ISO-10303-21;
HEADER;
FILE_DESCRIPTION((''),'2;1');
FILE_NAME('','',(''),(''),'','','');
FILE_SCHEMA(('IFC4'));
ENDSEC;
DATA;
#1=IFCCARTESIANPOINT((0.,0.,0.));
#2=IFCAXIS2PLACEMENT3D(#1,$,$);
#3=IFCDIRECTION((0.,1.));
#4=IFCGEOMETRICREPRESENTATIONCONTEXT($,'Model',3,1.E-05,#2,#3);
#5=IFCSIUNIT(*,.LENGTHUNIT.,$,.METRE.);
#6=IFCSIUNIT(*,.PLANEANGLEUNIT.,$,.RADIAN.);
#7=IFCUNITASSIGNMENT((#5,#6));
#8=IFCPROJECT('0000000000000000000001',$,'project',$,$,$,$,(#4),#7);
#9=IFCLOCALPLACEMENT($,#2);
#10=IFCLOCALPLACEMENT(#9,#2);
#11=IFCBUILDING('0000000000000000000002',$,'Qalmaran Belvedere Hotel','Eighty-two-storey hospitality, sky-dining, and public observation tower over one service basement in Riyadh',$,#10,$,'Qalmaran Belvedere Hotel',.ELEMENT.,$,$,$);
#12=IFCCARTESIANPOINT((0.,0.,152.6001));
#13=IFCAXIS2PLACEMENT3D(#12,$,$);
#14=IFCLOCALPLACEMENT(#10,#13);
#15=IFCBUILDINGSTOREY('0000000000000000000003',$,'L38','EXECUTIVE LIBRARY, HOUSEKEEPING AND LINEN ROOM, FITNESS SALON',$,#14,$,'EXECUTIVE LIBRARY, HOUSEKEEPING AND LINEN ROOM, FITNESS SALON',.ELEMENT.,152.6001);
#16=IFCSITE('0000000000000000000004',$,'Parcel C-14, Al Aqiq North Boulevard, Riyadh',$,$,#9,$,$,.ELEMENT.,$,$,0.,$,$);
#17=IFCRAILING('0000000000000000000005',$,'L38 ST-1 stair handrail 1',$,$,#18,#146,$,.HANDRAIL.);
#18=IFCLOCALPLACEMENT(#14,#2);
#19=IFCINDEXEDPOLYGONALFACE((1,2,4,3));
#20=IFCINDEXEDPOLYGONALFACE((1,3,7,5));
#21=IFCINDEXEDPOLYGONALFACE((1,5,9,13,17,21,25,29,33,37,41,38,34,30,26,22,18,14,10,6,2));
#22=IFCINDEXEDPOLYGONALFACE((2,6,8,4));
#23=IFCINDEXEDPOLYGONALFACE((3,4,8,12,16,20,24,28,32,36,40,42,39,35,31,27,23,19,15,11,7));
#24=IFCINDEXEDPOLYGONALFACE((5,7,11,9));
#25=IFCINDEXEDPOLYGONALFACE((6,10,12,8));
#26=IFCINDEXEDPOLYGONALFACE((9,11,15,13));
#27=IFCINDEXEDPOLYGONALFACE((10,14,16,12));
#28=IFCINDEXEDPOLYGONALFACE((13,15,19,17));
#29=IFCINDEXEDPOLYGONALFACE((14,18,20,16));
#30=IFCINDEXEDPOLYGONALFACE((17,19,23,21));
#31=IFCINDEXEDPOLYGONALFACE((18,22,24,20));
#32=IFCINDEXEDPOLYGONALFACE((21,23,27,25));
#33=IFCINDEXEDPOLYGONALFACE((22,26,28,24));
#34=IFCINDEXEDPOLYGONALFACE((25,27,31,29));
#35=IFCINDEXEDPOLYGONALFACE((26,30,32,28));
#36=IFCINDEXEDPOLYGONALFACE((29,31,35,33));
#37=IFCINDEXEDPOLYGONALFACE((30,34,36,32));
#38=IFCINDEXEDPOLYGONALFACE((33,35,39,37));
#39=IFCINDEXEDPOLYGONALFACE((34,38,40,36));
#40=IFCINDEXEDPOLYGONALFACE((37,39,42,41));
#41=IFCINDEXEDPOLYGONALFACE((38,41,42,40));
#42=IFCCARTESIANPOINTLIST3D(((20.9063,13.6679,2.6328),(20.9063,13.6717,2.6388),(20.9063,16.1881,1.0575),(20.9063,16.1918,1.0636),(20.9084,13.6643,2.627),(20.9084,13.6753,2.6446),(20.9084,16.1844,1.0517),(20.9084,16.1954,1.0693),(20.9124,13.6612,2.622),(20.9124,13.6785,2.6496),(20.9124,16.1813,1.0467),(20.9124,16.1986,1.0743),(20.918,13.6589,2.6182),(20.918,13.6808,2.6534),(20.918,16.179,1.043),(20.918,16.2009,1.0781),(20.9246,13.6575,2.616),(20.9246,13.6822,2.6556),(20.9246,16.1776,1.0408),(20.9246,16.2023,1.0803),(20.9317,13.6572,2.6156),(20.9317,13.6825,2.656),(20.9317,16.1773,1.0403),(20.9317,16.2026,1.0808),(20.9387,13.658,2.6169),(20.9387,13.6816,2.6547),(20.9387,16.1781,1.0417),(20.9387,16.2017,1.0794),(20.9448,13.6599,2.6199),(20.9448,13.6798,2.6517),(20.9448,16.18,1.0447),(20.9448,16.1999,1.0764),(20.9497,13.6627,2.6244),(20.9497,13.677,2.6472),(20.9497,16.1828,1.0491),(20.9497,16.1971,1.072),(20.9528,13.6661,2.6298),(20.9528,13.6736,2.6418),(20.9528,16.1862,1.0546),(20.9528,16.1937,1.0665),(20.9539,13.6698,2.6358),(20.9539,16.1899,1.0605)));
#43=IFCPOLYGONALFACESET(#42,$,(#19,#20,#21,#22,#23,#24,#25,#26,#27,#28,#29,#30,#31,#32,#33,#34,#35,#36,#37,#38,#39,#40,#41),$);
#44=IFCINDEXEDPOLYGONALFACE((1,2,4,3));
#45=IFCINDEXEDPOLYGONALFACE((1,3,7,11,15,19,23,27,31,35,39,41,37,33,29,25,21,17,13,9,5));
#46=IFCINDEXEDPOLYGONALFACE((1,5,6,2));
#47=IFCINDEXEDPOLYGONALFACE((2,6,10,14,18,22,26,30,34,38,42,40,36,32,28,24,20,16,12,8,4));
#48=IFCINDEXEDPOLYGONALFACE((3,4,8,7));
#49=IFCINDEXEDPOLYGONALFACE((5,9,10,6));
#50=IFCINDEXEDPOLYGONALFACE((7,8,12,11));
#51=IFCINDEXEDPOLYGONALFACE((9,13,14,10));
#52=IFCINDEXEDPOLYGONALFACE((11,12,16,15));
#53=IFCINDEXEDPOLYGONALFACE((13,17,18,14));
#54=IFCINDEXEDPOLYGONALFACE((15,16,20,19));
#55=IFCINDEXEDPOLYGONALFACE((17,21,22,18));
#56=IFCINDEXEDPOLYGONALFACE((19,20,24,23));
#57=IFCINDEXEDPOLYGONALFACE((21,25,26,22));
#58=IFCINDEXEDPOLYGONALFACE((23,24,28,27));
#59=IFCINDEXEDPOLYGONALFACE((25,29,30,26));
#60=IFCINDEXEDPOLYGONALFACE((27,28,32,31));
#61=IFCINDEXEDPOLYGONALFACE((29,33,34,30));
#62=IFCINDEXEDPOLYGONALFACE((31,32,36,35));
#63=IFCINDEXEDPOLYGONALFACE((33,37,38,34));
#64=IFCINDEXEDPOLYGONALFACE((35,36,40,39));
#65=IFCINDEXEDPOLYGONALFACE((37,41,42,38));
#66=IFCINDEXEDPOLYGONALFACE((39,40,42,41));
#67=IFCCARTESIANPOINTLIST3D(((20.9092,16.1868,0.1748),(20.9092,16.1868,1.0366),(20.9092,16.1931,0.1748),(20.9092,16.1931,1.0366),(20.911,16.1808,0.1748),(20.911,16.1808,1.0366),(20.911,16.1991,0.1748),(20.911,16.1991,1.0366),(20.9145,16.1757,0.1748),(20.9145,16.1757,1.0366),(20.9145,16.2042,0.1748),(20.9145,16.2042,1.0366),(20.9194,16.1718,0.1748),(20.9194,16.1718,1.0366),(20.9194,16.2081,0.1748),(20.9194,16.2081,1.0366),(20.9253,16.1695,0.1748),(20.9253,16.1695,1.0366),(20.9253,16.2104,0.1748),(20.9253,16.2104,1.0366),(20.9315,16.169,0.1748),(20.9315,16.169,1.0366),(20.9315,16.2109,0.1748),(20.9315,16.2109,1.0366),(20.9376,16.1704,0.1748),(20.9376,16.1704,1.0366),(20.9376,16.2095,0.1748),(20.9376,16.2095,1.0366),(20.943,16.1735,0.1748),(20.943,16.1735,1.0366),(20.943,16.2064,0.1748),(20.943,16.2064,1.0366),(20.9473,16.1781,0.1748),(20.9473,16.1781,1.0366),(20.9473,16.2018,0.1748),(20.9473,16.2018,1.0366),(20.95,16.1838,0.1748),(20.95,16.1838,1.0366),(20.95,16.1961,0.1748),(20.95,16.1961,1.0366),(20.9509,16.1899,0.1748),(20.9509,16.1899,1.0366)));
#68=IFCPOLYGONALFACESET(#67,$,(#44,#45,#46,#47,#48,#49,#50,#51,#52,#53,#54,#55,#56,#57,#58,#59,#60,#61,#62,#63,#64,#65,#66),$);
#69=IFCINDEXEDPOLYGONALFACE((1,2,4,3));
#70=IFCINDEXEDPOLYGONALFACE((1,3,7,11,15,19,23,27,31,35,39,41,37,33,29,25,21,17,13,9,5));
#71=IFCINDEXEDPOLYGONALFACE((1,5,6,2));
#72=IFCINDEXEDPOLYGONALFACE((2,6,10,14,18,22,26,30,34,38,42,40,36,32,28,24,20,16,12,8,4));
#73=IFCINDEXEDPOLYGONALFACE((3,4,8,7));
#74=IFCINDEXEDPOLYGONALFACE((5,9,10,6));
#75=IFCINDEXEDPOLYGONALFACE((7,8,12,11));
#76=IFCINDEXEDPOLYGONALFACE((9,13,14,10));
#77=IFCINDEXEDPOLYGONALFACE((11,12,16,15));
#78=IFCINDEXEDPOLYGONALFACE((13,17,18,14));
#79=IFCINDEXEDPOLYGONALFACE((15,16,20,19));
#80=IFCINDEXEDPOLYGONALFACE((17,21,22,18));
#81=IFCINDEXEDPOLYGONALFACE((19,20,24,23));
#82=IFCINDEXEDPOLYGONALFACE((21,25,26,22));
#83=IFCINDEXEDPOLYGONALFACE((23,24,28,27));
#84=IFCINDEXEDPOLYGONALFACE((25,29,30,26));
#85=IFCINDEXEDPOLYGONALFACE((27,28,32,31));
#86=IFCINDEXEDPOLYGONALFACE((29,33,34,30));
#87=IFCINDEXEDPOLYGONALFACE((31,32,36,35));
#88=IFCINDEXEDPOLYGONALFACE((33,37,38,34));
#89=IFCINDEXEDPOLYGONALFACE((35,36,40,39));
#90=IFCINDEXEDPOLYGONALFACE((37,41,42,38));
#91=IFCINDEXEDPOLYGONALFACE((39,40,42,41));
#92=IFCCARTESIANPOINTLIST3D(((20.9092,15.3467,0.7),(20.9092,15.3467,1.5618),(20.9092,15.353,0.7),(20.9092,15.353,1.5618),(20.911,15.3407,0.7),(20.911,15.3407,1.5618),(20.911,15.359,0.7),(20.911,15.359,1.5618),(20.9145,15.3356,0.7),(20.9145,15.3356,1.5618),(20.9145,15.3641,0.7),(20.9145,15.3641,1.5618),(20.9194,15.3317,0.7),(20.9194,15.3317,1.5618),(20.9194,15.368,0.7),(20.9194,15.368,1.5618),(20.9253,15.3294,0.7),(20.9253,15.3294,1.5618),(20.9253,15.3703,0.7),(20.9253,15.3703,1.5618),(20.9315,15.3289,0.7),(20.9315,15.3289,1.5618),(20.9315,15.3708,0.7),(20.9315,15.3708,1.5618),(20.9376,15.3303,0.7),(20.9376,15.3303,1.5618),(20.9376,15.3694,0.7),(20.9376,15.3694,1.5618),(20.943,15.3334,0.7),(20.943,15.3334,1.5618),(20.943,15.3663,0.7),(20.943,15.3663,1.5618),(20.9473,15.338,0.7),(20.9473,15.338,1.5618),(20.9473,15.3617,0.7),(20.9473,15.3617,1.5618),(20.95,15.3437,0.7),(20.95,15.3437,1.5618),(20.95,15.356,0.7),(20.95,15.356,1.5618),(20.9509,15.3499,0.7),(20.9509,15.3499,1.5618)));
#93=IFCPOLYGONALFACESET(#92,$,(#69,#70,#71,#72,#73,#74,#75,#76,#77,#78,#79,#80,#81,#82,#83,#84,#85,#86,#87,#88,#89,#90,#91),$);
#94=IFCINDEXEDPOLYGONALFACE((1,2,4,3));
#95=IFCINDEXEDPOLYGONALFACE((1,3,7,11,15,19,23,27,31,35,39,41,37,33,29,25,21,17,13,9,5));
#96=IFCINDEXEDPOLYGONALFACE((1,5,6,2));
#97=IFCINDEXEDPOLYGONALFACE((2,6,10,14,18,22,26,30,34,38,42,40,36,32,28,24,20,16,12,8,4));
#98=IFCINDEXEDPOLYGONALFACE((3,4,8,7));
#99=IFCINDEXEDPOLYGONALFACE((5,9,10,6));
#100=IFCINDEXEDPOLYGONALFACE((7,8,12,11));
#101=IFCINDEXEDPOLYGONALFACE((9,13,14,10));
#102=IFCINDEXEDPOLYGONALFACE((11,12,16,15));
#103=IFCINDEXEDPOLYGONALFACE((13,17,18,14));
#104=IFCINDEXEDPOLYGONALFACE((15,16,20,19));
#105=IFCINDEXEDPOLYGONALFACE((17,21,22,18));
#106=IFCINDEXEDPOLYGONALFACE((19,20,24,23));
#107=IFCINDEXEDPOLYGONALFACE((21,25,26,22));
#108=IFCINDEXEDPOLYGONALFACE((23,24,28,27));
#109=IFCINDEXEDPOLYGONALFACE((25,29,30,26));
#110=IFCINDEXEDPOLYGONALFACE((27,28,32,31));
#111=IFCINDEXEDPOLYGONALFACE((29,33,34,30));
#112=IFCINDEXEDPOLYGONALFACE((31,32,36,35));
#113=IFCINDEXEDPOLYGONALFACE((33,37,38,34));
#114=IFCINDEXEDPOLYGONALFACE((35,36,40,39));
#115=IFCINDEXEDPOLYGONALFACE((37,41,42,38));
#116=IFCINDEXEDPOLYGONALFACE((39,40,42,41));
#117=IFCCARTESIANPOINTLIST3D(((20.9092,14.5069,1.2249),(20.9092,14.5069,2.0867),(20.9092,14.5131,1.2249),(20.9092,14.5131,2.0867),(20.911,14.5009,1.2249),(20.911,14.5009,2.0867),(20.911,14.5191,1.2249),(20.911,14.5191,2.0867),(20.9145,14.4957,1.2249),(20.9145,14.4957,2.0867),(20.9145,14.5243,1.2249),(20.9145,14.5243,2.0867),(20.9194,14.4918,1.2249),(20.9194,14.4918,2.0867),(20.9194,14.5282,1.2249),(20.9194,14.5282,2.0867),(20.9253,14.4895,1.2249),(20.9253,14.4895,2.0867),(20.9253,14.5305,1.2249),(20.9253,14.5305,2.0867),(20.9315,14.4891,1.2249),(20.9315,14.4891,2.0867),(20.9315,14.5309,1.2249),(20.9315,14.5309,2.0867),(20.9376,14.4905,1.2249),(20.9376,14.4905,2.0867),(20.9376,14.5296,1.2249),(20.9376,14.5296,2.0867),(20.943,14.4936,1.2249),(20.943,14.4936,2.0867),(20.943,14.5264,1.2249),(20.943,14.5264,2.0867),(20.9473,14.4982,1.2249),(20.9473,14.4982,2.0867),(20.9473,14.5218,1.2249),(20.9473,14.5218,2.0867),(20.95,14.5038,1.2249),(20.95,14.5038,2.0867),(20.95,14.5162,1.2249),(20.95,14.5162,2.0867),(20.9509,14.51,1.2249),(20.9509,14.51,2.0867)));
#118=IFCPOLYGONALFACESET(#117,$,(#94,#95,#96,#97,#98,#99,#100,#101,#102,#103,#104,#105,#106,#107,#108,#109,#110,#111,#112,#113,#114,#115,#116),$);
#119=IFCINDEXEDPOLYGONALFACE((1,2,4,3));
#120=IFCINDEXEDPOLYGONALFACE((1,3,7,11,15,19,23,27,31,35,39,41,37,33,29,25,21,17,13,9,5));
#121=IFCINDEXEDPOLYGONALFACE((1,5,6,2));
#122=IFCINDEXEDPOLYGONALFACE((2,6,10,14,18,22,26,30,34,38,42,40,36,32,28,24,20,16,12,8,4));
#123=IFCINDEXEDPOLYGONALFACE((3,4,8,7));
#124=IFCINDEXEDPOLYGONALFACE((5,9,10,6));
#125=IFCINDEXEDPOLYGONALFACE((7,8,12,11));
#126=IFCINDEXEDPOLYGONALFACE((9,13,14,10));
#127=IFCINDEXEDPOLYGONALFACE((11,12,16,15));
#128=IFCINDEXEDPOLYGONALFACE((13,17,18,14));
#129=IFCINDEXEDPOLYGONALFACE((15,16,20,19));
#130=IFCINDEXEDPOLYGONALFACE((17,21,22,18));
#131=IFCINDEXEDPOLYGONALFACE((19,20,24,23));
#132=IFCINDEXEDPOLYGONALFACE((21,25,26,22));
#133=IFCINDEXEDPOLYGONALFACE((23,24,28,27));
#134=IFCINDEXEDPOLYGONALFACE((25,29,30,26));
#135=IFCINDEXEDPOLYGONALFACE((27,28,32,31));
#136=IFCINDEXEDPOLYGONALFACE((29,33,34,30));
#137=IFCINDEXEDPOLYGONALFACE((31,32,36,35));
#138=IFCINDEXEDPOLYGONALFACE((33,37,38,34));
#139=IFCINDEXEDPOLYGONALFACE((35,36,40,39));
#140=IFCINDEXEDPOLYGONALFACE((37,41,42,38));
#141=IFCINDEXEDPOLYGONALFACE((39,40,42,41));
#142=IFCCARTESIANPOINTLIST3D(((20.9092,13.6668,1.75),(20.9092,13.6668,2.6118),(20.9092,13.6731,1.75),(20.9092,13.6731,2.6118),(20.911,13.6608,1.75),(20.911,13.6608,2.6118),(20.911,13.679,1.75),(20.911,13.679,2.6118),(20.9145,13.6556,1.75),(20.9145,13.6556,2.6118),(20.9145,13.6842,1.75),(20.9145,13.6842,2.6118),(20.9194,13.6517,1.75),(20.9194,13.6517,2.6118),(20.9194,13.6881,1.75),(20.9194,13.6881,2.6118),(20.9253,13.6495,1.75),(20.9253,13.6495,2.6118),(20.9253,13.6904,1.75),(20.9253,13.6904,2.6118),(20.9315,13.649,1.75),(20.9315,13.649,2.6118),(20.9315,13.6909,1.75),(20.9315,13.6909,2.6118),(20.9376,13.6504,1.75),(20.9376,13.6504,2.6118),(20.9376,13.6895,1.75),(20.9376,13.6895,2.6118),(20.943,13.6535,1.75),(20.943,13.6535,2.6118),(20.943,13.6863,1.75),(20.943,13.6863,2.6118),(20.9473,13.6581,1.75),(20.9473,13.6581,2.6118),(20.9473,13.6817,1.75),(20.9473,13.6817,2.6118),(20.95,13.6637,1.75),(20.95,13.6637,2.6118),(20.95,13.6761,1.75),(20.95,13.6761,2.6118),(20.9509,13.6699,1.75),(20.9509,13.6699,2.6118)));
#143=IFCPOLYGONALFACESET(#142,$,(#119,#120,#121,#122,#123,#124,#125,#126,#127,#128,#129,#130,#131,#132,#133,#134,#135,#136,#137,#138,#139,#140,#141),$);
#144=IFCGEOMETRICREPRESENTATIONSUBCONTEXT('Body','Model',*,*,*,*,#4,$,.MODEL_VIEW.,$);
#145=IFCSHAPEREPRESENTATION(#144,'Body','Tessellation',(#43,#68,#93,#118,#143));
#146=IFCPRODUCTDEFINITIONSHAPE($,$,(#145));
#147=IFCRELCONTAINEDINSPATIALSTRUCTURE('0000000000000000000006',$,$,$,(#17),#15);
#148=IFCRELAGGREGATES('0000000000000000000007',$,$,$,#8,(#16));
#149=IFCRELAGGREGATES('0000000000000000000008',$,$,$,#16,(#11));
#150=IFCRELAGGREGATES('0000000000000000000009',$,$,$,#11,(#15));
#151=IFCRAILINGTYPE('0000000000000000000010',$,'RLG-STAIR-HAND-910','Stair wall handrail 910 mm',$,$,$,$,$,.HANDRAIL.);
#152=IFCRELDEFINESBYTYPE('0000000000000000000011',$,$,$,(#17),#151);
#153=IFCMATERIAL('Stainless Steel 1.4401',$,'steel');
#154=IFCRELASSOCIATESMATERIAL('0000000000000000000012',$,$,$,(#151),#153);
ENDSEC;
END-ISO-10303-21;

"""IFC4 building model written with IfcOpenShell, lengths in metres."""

from ifc_helpers import new_model, si_unit, direction, frame, origin, origin_2d, place, context, subcontext, project, spatial, circle, extrude, material, type_object, element, save


model = new_model("IFC4")

# Units and contexts
model_context = context("Model", 3, precision=1e-05, world=origin(), true_north=direction((0.0, 1.0)))
body_context = subcontext(model_context, "Body", "Model", "MODEL_VIEW")
ifc_project = project(units=[si_unit("LENGTHUNIT", "METRE"), si_unit("PLANEANGLEUNIT", "RADIAN")], contexts=[model_context])

# Site, building, storey
site_placement = place(None, origin())
site = spatial("IfcSite", under=ifc_project, at=site_placement, Name="Parcel C-14, Al Aqiq North Boulevard, Riyadh", CompositionType="ELEMENT", RefElevation=0.0)
building_placement = place(site_placement, origin())
building = spatial("IfcBuilding", under=site, at=building_placement, Name="Qalmaran Belvedere Hotel", Description="Eighty-two-storey hospitality, sky-dining, and public observation tower over one service basement in Riyadh", LongName="Qalmaran Belvedere Hotel", CompositionType="ELEMENT")
storey_placement = place(building_placement, frame((0.0, 0.0, 152.6001)))
storey = spatial("IfcBuildingStorey", under=building, at=storey_placement, Name="L38", Description="EXECUTIVE LIBRARY, HOUSEKEEPING AND LINEN ROOM, FITNESS SALON", LongName="EXECUTIVE LIBRARY, HOUSEKEEPING AND LINEN ROOM, FITNESS SALON", CompositionType="ELEMENT", Elevation=152.6001)

# Shared definitions
ifc_material_1 = material(Name="Stainless Steel 1.4401", Category="steel")

# Railing
railing_type_1 = type_object("IfcRailingType", Name="RLG-STAIR-HAND-910", Description="Stair wall handrail 910 mm", PredefinedType="HANDRAIL", material=ifc_material_1)
railing_1_placement = place(storey_placement, frame((20.9299, 16.1899, 0.1748)))
element("IfcRailing", 1, at=railing_1_placement, inside=storey, type_object=railing_type_1, Name="L38 ST-1 stair handrail 1", PredefinedType="HANDRAIL", context=body_context, shape_type="SweptSolid", body=[
    extrude(circle(Radius=0.0239, at=origin_2d()), frame((0.0, 0.0, 0.8857), z_axis=(0.0, -0.847971, 0.530043), x_axis=(1.0, 0.0, 0.0)), (0.0, 0.0, 1.0), 2.9719),
    extrude(circle(Radius=0.021, at=origin_2d()), origin(), (0.0, 0.0, 1.0), 0.8618),
    extrude(circle(Radius=0.021, at=origin_2d()), frame((0.0, -0.8401, 0.5251)), (0.0, 0.0, 1.0), 0.8618),
    extrude(circle(Radius=0.021, at=origin_2d()), frame((0.0, -1.6799, 1.05)), (0.0, 0.0, 1.0), 0.8618),
    extrude(circle(Radius=0.021, at=origin_2d()), frame((0.0, -2.52, 1.5752)), (0.0, 0.0, 1.0), 0.8618),
])

save(model, "model.ifc")
